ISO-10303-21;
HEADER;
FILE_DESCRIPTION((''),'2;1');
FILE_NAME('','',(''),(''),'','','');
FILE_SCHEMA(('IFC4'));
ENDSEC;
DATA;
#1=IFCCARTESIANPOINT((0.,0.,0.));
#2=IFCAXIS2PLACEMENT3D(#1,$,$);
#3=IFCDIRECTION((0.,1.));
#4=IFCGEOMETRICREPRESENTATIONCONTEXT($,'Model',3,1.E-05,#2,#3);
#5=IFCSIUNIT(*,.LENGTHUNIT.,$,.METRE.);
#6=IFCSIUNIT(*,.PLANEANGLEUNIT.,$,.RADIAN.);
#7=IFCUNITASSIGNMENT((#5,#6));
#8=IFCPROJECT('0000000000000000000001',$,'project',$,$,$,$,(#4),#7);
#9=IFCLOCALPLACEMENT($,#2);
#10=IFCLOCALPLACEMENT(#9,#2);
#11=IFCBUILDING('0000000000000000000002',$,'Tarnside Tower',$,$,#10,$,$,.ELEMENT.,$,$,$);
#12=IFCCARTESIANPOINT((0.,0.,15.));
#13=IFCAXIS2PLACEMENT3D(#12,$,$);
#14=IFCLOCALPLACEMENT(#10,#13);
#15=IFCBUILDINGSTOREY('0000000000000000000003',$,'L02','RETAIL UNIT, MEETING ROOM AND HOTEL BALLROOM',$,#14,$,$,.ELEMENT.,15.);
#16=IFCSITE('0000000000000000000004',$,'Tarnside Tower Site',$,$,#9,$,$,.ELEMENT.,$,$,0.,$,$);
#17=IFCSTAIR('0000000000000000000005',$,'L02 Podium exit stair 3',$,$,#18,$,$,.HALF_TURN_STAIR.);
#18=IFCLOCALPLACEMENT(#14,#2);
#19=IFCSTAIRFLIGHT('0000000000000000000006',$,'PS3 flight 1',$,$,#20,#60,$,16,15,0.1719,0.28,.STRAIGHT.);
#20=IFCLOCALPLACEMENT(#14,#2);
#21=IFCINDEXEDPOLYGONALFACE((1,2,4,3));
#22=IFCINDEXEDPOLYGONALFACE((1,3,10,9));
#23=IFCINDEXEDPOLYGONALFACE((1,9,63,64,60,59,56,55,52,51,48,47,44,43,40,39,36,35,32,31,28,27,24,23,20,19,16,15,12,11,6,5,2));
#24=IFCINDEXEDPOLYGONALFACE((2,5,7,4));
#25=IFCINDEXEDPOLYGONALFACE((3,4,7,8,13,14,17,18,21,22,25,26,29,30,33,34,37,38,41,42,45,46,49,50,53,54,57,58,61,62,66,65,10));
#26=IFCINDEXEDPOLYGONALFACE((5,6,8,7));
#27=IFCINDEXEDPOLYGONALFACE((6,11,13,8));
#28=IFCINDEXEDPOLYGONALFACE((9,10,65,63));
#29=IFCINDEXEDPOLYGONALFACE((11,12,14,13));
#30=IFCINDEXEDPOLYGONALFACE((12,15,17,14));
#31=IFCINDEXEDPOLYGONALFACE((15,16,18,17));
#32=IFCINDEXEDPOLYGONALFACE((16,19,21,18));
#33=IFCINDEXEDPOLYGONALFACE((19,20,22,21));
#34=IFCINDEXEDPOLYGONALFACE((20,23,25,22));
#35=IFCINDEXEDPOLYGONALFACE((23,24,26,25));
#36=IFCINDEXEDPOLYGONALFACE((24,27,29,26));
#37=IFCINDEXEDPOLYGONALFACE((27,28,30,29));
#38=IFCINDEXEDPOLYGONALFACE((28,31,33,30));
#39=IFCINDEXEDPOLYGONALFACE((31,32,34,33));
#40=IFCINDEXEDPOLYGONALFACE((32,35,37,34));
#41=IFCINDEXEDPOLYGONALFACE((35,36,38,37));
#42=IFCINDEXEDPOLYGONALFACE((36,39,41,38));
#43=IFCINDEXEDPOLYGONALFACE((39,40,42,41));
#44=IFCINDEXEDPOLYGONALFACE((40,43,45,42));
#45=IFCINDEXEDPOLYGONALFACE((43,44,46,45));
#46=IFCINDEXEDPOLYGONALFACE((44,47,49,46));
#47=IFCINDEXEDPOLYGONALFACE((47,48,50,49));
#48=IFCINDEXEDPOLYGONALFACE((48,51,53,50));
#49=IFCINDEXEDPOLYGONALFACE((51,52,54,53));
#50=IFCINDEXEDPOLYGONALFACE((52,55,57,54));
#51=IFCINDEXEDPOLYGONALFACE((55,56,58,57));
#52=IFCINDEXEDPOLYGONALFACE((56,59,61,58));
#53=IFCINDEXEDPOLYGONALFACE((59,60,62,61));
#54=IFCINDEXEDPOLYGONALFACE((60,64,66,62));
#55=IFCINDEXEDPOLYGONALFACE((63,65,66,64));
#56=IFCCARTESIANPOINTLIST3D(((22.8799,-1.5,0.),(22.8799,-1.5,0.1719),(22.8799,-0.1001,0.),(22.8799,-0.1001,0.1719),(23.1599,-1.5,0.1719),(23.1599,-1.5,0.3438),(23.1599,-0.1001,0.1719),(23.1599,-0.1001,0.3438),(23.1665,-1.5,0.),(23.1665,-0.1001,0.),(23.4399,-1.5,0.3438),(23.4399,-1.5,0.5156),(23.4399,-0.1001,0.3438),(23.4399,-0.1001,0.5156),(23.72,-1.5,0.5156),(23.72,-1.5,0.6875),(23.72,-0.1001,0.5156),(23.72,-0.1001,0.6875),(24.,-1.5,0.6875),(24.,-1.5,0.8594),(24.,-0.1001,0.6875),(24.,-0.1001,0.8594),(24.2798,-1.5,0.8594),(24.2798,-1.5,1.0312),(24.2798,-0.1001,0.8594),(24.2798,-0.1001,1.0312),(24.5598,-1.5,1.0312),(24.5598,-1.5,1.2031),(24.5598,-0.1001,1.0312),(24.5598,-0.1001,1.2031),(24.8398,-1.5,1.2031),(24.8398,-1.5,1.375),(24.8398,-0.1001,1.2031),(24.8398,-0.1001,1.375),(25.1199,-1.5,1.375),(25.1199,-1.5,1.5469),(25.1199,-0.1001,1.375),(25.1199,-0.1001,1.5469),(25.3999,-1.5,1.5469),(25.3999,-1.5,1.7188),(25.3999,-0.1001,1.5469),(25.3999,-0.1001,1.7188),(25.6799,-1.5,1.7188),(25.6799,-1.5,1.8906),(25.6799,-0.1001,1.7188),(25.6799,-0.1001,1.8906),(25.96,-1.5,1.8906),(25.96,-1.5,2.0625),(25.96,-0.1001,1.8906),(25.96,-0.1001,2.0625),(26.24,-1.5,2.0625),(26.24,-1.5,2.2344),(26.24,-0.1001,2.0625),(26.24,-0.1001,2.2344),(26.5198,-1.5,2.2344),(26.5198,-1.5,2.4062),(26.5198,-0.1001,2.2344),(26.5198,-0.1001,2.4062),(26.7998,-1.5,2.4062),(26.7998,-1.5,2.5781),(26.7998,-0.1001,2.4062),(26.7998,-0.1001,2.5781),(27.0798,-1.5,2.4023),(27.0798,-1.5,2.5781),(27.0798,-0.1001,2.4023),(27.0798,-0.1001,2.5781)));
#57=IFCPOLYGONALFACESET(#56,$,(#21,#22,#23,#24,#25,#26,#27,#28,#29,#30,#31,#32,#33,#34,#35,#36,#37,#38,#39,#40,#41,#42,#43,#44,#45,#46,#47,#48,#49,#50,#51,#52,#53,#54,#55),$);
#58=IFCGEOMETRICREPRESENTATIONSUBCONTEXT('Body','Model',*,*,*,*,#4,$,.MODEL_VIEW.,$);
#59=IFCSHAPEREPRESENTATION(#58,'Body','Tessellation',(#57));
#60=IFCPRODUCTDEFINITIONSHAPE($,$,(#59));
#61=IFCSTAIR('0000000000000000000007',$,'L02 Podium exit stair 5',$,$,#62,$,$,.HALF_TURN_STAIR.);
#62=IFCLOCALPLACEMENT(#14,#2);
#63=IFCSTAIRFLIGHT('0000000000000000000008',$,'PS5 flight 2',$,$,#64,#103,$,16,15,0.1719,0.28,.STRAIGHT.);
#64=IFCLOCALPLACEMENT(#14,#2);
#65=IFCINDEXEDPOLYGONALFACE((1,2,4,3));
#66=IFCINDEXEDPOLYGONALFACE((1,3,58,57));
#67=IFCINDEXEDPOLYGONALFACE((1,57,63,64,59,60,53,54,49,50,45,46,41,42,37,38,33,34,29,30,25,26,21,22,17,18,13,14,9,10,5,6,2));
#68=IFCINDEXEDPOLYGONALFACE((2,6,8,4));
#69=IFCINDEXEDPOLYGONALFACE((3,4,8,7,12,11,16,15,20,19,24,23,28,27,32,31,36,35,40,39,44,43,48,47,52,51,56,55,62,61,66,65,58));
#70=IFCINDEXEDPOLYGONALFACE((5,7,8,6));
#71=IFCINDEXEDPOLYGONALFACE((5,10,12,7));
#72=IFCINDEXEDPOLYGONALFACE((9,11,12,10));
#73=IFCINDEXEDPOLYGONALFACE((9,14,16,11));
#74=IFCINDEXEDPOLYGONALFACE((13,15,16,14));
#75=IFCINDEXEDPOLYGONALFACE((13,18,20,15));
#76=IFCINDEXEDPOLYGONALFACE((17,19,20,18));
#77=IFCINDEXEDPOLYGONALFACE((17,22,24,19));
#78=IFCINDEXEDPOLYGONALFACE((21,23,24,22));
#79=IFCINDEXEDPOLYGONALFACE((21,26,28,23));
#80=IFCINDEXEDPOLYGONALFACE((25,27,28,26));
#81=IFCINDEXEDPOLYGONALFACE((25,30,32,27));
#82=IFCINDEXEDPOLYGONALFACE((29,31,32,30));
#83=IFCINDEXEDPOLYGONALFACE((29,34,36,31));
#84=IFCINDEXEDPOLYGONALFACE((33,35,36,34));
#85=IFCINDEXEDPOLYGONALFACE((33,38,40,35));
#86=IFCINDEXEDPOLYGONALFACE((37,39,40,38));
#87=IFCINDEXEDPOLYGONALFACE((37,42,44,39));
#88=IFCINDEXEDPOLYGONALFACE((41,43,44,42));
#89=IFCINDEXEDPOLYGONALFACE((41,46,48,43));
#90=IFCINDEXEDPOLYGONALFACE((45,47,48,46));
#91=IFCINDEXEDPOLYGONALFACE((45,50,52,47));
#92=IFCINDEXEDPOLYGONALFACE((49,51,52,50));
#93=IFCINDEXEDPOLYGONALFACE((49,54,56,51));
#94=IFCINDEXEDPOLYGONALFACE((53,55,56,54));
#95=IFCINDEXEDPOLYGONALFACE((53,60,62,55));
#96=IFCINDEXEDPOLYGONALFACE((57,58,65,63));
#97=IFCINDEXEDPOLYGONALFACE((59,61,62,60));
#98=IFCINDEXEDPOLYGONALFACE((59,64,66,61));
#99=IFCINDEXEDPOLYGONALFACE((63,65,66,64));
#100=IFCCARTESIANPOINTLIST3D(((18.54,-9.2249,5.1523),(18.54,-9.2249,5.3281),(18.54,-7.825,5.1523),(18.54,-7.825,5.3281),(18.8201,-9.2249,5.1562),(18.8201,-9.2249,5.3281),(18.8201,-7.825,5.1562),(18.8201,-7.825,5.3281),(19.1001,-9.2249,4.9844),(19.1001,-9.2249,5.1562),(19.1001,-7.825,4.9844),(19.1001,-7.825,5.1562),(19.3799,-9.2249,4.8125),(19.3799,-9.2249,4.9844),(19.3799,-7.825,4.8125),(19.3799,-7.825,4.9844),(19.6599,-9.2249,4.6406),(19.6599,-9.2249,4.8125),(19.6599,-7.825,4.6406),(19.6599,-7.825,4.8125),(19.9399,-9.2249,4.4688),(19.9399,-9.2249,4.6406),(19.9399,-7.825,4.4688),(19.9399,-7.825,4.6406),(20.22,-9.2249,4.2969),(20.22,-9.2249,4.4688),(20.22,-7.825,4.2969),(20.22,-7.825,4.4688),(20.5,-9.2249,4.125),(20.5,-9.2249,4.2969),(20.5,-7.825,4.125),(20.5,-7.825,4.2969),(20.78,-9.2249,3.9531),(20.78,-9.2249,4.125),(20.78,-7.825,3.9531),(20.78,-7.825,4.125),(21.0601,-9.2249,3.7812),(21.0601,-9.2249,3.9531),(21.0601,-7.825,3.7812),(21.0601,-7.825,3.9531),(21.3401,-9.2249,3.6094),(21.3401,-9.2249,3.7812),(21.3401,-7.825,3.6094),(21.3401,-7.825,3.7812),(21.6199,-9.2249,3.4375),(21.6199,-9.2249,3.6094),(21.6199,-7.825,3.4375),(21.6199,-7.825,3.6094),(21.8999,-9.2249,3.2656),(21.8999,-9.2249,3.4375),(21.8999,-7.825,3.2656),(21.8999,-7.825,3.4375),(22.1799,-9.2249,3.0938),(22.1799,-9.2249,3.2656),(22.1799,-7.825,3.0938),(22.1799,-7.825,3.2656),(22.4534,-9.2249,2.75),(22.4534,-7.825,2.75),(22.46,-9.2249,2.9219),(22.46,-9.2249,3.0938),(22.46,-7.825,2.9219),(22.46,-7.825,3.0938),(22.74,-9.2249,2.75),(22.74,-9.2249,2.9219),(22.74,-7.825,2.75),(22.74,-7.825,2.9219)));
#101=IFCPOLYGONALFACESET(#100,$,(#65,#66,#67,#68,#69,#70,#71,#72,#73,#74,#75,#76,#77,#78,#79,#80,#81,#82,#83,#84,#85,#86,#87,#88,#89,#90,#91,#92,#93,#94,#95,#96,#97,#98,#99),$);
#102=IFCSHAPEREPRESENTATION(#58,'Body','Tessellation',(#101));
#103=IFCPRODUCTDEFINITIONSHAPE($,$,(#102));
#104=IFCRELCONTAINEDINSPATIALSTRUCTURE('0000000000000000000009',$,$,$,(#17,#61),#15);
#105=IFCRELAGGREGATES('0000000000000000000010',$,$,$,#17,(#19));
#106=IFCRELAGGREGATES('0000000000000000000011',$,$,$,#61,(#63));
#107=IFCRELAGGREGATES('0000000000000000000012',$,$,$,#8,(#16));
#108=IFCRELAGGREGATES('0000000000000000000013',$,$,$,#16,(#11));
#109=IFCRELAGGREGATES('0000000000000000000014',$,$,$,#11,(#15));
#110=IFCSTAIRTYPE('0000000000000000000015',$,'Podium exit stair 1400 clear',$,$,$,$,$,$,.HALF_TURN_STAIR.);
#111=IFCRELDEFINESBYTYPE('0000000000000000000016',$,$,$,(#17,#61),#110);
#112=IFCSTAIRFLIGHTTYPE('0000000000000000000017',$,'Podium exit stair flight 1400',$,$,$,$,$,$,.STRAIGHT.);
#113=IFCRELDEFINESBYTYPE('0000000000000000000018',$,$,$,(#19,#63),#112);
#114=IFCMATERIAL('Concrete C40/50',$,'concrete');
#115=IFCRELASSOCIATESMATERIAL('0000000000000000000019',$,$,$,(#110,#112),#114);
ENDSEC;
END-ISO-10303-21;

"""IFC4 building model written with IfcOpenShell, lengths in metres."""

from ifc_helpers import new_model, si_unit, direction, frame, origin, place, context, subcontext, project, spatial, polyline, outline, extrude, material, type_object, element, aggregate, save


model = new_model("IFC4")

# Units and contexts
model_context = context("Model", 3, precision=1e-05, world=origin(), true_north=direction((0.0, 1.0)))
body_context = subcontext(model_context, "Body", "Model", "MODEL_VIEW")
ifc_project = project(units=[si_unit("LENGTHUNIT", "METRE"), si_unit("PLANEANGLEUNIT", "RADIAN")], contexts=[model_context])

# Site, building, storey
site_placement = place(None, origin())
site = spatial("IfcSite", under=ifc_project, at=site_placement, Name="Tarnside Tower Site", CompositionType="ELEMENT", RefElevation=0.0)
building_placement = place(site_placement, origin())
building = spatial("IfcBuilding", under=site, at=building_placement, Name="Tarnside Tower", CompositionType="ELEMENT")
storey_placement = place(building_placement, frame((0.0, 0.0, 15.0)))
storey = spatial("IfcBuildingStorey", under=building, at=storey_placement, Name="L02", Description="RETAIL UNIT, MEETING ROOM AND HOTEL BALLROOM", CompositionType="ELEMENT", Elevation=15.0)

# Stairs, stair flights
ifc_material_1 = material(Name="Concrete C40/50", Category="concrete")
stair_type = type_object("IfcStairType", Name="Podium exit stair 1400 clear", PredefinedType="HALF_TURN_STAIR", material=ifc_material_1)
stair_1_placement = place(storey_placement, origin())
stair_1 = element("IfcStair", 1, at=stair_1_placement, inside=storey, type_object=stair_type, Name="L02 Podium exit stair 3", PredefinedType="HALF_TURN_STAIR")
stair_flight_type = type_object("IfcStairFlightType", Name="Podium exit stair flight 1400", PredefinedType="STRAIGHT", material=ifc_material_1)
stair_flight_1_placement = place(storey_placement, frame((22.8799, -0.8, 0.0), z_axis=(0.0, 0.0, 1.0), x_axis=(1.0, 0.0, 0.0)))
stair_flight_1 = element("IfcStairFlight", 2, at=stair_flight_1_placement, type_object=stair_flight_type, Name="PS3 flight 1", NumberOfRisers=16, NumberOfTreads=15, PredefinedType="STRAIGHT", RiserHeight=0.1719, TreadLength=0.28, context=body_context, shape_type="SweptSolid", body=[
    extrude(outline(polyline([(0.0, 0.0), (0.0, 0.1719), (0.28, 0.1719), (0.28, 0.3438), (0.5601, 0.3438), (0.5601, 0.5156), (0.8401, 0.5156), (0.8401, 0.6875), (1.1201, 0.6875), (1.1201, 0.8594), (1.3999, 0.8594), (1.3999, 1.0312), (1.6799, 1.0312), (1.6799, 1.2031), (1.96, 1.2031), (1.96, 1.375), (2.24, 1.375), (2.24, 1.5469), (2.52, 1.5469), (2.52, 1.7188), (2.8, 1.7188), (2.8, 1.8906), (3.0801, 1.8906), (3.0801, 2.0625), (3.3601, 2.0625), (3.3601, 2.2344), (3.6399, 2.2344), (3.6399, 2.4062), (3.9199, 2.4062), (3.9199, 2.5781), (4.2, 2.5781), (4.2, 2.75), (4.2, 2.4023), (0.2866, 0.0), (0.0, 0.0)])), frame((0.0, 0.7, 0.0), z_axis=(0.0, -1.0, 0.0), x_axis=(1.0, 0.0, 0.0)), (0.0, 0.0, 1.0), 1.3999),
])
aggregate(stair_1, [stair_flight_1])
stair_2_placement = place(storey_placement, origin())
stair_2 = element("IfcStair", 3, at=stair_2_placement, inside=storey, type_object=stair_type, Name="L02 Podium exit stair 5", PredefinedType="HALF_TURN_STAIR")
stair_flight_2_placement = place(storey_placement, frame((22.74, -8.5249, 2.75), z_axis=(0.0, 0.0, 1.0), x_axis=(-1.0, 0.0, 0.0)))
stair_flight_2 = element("IfcStairFlight", 4, at=stair_flight_2_placement, type_object=stair_flight_type, Name="PS5 flight 2", NumberOfRisers=16, NumberOfTreads=15, PredefinedType="STRAIGHT", RiserHeight=0.1719, TreadLength=0.28, context=body_context, shape_type="SweptSolid", body=[
    extrude(outline(polyline([(0.0, 0.0), (0.0, 0.1719), (0.28, 0.1719), (0.28, 0.3438), (0.5601, 0.3438), (0.5601, 0.5156), (0.8401, 0.5156), (0.8401, 0.6875), (1.1201, 0.6875), (1.1201, 0.8594), (1.3999, 0.8594), (1.3999, 1.0312), (1.6799, 1.0312), (1.6799, 1.2031), (1.96, 1.2031), (1.96, 1.375), (2.24, 1.375), (2.24, 1.5469), (2.52, 1.5469), (2.52, 1.7188), (2.8, 1.7188), (2.8, 1.8906), (3.0801, 1.8906), (3.0801, 2.0625), (3.3601, 2.0625), (3.3601, 2.2344), (3.6399, 2.2344), (3.6399, 2.4062), (3.9199, 2.4062), (3.9199, 2.5781), (4.2, 2.5781), (4.2, 2.75), (4.2, 2.4023), (0.2866, 0.0), (0.0, 0.0)])), frame((0.0, 0.7, 0.0), z_axis=(0.0, -1.0, 0.0), x_axis=(1.0, 0.0, 0.0)), (0.0, 0.0, 1.0), 1.3999),
])
aggregate(stair_2, [stair_flight_2])

save(model, "model.ifc")
